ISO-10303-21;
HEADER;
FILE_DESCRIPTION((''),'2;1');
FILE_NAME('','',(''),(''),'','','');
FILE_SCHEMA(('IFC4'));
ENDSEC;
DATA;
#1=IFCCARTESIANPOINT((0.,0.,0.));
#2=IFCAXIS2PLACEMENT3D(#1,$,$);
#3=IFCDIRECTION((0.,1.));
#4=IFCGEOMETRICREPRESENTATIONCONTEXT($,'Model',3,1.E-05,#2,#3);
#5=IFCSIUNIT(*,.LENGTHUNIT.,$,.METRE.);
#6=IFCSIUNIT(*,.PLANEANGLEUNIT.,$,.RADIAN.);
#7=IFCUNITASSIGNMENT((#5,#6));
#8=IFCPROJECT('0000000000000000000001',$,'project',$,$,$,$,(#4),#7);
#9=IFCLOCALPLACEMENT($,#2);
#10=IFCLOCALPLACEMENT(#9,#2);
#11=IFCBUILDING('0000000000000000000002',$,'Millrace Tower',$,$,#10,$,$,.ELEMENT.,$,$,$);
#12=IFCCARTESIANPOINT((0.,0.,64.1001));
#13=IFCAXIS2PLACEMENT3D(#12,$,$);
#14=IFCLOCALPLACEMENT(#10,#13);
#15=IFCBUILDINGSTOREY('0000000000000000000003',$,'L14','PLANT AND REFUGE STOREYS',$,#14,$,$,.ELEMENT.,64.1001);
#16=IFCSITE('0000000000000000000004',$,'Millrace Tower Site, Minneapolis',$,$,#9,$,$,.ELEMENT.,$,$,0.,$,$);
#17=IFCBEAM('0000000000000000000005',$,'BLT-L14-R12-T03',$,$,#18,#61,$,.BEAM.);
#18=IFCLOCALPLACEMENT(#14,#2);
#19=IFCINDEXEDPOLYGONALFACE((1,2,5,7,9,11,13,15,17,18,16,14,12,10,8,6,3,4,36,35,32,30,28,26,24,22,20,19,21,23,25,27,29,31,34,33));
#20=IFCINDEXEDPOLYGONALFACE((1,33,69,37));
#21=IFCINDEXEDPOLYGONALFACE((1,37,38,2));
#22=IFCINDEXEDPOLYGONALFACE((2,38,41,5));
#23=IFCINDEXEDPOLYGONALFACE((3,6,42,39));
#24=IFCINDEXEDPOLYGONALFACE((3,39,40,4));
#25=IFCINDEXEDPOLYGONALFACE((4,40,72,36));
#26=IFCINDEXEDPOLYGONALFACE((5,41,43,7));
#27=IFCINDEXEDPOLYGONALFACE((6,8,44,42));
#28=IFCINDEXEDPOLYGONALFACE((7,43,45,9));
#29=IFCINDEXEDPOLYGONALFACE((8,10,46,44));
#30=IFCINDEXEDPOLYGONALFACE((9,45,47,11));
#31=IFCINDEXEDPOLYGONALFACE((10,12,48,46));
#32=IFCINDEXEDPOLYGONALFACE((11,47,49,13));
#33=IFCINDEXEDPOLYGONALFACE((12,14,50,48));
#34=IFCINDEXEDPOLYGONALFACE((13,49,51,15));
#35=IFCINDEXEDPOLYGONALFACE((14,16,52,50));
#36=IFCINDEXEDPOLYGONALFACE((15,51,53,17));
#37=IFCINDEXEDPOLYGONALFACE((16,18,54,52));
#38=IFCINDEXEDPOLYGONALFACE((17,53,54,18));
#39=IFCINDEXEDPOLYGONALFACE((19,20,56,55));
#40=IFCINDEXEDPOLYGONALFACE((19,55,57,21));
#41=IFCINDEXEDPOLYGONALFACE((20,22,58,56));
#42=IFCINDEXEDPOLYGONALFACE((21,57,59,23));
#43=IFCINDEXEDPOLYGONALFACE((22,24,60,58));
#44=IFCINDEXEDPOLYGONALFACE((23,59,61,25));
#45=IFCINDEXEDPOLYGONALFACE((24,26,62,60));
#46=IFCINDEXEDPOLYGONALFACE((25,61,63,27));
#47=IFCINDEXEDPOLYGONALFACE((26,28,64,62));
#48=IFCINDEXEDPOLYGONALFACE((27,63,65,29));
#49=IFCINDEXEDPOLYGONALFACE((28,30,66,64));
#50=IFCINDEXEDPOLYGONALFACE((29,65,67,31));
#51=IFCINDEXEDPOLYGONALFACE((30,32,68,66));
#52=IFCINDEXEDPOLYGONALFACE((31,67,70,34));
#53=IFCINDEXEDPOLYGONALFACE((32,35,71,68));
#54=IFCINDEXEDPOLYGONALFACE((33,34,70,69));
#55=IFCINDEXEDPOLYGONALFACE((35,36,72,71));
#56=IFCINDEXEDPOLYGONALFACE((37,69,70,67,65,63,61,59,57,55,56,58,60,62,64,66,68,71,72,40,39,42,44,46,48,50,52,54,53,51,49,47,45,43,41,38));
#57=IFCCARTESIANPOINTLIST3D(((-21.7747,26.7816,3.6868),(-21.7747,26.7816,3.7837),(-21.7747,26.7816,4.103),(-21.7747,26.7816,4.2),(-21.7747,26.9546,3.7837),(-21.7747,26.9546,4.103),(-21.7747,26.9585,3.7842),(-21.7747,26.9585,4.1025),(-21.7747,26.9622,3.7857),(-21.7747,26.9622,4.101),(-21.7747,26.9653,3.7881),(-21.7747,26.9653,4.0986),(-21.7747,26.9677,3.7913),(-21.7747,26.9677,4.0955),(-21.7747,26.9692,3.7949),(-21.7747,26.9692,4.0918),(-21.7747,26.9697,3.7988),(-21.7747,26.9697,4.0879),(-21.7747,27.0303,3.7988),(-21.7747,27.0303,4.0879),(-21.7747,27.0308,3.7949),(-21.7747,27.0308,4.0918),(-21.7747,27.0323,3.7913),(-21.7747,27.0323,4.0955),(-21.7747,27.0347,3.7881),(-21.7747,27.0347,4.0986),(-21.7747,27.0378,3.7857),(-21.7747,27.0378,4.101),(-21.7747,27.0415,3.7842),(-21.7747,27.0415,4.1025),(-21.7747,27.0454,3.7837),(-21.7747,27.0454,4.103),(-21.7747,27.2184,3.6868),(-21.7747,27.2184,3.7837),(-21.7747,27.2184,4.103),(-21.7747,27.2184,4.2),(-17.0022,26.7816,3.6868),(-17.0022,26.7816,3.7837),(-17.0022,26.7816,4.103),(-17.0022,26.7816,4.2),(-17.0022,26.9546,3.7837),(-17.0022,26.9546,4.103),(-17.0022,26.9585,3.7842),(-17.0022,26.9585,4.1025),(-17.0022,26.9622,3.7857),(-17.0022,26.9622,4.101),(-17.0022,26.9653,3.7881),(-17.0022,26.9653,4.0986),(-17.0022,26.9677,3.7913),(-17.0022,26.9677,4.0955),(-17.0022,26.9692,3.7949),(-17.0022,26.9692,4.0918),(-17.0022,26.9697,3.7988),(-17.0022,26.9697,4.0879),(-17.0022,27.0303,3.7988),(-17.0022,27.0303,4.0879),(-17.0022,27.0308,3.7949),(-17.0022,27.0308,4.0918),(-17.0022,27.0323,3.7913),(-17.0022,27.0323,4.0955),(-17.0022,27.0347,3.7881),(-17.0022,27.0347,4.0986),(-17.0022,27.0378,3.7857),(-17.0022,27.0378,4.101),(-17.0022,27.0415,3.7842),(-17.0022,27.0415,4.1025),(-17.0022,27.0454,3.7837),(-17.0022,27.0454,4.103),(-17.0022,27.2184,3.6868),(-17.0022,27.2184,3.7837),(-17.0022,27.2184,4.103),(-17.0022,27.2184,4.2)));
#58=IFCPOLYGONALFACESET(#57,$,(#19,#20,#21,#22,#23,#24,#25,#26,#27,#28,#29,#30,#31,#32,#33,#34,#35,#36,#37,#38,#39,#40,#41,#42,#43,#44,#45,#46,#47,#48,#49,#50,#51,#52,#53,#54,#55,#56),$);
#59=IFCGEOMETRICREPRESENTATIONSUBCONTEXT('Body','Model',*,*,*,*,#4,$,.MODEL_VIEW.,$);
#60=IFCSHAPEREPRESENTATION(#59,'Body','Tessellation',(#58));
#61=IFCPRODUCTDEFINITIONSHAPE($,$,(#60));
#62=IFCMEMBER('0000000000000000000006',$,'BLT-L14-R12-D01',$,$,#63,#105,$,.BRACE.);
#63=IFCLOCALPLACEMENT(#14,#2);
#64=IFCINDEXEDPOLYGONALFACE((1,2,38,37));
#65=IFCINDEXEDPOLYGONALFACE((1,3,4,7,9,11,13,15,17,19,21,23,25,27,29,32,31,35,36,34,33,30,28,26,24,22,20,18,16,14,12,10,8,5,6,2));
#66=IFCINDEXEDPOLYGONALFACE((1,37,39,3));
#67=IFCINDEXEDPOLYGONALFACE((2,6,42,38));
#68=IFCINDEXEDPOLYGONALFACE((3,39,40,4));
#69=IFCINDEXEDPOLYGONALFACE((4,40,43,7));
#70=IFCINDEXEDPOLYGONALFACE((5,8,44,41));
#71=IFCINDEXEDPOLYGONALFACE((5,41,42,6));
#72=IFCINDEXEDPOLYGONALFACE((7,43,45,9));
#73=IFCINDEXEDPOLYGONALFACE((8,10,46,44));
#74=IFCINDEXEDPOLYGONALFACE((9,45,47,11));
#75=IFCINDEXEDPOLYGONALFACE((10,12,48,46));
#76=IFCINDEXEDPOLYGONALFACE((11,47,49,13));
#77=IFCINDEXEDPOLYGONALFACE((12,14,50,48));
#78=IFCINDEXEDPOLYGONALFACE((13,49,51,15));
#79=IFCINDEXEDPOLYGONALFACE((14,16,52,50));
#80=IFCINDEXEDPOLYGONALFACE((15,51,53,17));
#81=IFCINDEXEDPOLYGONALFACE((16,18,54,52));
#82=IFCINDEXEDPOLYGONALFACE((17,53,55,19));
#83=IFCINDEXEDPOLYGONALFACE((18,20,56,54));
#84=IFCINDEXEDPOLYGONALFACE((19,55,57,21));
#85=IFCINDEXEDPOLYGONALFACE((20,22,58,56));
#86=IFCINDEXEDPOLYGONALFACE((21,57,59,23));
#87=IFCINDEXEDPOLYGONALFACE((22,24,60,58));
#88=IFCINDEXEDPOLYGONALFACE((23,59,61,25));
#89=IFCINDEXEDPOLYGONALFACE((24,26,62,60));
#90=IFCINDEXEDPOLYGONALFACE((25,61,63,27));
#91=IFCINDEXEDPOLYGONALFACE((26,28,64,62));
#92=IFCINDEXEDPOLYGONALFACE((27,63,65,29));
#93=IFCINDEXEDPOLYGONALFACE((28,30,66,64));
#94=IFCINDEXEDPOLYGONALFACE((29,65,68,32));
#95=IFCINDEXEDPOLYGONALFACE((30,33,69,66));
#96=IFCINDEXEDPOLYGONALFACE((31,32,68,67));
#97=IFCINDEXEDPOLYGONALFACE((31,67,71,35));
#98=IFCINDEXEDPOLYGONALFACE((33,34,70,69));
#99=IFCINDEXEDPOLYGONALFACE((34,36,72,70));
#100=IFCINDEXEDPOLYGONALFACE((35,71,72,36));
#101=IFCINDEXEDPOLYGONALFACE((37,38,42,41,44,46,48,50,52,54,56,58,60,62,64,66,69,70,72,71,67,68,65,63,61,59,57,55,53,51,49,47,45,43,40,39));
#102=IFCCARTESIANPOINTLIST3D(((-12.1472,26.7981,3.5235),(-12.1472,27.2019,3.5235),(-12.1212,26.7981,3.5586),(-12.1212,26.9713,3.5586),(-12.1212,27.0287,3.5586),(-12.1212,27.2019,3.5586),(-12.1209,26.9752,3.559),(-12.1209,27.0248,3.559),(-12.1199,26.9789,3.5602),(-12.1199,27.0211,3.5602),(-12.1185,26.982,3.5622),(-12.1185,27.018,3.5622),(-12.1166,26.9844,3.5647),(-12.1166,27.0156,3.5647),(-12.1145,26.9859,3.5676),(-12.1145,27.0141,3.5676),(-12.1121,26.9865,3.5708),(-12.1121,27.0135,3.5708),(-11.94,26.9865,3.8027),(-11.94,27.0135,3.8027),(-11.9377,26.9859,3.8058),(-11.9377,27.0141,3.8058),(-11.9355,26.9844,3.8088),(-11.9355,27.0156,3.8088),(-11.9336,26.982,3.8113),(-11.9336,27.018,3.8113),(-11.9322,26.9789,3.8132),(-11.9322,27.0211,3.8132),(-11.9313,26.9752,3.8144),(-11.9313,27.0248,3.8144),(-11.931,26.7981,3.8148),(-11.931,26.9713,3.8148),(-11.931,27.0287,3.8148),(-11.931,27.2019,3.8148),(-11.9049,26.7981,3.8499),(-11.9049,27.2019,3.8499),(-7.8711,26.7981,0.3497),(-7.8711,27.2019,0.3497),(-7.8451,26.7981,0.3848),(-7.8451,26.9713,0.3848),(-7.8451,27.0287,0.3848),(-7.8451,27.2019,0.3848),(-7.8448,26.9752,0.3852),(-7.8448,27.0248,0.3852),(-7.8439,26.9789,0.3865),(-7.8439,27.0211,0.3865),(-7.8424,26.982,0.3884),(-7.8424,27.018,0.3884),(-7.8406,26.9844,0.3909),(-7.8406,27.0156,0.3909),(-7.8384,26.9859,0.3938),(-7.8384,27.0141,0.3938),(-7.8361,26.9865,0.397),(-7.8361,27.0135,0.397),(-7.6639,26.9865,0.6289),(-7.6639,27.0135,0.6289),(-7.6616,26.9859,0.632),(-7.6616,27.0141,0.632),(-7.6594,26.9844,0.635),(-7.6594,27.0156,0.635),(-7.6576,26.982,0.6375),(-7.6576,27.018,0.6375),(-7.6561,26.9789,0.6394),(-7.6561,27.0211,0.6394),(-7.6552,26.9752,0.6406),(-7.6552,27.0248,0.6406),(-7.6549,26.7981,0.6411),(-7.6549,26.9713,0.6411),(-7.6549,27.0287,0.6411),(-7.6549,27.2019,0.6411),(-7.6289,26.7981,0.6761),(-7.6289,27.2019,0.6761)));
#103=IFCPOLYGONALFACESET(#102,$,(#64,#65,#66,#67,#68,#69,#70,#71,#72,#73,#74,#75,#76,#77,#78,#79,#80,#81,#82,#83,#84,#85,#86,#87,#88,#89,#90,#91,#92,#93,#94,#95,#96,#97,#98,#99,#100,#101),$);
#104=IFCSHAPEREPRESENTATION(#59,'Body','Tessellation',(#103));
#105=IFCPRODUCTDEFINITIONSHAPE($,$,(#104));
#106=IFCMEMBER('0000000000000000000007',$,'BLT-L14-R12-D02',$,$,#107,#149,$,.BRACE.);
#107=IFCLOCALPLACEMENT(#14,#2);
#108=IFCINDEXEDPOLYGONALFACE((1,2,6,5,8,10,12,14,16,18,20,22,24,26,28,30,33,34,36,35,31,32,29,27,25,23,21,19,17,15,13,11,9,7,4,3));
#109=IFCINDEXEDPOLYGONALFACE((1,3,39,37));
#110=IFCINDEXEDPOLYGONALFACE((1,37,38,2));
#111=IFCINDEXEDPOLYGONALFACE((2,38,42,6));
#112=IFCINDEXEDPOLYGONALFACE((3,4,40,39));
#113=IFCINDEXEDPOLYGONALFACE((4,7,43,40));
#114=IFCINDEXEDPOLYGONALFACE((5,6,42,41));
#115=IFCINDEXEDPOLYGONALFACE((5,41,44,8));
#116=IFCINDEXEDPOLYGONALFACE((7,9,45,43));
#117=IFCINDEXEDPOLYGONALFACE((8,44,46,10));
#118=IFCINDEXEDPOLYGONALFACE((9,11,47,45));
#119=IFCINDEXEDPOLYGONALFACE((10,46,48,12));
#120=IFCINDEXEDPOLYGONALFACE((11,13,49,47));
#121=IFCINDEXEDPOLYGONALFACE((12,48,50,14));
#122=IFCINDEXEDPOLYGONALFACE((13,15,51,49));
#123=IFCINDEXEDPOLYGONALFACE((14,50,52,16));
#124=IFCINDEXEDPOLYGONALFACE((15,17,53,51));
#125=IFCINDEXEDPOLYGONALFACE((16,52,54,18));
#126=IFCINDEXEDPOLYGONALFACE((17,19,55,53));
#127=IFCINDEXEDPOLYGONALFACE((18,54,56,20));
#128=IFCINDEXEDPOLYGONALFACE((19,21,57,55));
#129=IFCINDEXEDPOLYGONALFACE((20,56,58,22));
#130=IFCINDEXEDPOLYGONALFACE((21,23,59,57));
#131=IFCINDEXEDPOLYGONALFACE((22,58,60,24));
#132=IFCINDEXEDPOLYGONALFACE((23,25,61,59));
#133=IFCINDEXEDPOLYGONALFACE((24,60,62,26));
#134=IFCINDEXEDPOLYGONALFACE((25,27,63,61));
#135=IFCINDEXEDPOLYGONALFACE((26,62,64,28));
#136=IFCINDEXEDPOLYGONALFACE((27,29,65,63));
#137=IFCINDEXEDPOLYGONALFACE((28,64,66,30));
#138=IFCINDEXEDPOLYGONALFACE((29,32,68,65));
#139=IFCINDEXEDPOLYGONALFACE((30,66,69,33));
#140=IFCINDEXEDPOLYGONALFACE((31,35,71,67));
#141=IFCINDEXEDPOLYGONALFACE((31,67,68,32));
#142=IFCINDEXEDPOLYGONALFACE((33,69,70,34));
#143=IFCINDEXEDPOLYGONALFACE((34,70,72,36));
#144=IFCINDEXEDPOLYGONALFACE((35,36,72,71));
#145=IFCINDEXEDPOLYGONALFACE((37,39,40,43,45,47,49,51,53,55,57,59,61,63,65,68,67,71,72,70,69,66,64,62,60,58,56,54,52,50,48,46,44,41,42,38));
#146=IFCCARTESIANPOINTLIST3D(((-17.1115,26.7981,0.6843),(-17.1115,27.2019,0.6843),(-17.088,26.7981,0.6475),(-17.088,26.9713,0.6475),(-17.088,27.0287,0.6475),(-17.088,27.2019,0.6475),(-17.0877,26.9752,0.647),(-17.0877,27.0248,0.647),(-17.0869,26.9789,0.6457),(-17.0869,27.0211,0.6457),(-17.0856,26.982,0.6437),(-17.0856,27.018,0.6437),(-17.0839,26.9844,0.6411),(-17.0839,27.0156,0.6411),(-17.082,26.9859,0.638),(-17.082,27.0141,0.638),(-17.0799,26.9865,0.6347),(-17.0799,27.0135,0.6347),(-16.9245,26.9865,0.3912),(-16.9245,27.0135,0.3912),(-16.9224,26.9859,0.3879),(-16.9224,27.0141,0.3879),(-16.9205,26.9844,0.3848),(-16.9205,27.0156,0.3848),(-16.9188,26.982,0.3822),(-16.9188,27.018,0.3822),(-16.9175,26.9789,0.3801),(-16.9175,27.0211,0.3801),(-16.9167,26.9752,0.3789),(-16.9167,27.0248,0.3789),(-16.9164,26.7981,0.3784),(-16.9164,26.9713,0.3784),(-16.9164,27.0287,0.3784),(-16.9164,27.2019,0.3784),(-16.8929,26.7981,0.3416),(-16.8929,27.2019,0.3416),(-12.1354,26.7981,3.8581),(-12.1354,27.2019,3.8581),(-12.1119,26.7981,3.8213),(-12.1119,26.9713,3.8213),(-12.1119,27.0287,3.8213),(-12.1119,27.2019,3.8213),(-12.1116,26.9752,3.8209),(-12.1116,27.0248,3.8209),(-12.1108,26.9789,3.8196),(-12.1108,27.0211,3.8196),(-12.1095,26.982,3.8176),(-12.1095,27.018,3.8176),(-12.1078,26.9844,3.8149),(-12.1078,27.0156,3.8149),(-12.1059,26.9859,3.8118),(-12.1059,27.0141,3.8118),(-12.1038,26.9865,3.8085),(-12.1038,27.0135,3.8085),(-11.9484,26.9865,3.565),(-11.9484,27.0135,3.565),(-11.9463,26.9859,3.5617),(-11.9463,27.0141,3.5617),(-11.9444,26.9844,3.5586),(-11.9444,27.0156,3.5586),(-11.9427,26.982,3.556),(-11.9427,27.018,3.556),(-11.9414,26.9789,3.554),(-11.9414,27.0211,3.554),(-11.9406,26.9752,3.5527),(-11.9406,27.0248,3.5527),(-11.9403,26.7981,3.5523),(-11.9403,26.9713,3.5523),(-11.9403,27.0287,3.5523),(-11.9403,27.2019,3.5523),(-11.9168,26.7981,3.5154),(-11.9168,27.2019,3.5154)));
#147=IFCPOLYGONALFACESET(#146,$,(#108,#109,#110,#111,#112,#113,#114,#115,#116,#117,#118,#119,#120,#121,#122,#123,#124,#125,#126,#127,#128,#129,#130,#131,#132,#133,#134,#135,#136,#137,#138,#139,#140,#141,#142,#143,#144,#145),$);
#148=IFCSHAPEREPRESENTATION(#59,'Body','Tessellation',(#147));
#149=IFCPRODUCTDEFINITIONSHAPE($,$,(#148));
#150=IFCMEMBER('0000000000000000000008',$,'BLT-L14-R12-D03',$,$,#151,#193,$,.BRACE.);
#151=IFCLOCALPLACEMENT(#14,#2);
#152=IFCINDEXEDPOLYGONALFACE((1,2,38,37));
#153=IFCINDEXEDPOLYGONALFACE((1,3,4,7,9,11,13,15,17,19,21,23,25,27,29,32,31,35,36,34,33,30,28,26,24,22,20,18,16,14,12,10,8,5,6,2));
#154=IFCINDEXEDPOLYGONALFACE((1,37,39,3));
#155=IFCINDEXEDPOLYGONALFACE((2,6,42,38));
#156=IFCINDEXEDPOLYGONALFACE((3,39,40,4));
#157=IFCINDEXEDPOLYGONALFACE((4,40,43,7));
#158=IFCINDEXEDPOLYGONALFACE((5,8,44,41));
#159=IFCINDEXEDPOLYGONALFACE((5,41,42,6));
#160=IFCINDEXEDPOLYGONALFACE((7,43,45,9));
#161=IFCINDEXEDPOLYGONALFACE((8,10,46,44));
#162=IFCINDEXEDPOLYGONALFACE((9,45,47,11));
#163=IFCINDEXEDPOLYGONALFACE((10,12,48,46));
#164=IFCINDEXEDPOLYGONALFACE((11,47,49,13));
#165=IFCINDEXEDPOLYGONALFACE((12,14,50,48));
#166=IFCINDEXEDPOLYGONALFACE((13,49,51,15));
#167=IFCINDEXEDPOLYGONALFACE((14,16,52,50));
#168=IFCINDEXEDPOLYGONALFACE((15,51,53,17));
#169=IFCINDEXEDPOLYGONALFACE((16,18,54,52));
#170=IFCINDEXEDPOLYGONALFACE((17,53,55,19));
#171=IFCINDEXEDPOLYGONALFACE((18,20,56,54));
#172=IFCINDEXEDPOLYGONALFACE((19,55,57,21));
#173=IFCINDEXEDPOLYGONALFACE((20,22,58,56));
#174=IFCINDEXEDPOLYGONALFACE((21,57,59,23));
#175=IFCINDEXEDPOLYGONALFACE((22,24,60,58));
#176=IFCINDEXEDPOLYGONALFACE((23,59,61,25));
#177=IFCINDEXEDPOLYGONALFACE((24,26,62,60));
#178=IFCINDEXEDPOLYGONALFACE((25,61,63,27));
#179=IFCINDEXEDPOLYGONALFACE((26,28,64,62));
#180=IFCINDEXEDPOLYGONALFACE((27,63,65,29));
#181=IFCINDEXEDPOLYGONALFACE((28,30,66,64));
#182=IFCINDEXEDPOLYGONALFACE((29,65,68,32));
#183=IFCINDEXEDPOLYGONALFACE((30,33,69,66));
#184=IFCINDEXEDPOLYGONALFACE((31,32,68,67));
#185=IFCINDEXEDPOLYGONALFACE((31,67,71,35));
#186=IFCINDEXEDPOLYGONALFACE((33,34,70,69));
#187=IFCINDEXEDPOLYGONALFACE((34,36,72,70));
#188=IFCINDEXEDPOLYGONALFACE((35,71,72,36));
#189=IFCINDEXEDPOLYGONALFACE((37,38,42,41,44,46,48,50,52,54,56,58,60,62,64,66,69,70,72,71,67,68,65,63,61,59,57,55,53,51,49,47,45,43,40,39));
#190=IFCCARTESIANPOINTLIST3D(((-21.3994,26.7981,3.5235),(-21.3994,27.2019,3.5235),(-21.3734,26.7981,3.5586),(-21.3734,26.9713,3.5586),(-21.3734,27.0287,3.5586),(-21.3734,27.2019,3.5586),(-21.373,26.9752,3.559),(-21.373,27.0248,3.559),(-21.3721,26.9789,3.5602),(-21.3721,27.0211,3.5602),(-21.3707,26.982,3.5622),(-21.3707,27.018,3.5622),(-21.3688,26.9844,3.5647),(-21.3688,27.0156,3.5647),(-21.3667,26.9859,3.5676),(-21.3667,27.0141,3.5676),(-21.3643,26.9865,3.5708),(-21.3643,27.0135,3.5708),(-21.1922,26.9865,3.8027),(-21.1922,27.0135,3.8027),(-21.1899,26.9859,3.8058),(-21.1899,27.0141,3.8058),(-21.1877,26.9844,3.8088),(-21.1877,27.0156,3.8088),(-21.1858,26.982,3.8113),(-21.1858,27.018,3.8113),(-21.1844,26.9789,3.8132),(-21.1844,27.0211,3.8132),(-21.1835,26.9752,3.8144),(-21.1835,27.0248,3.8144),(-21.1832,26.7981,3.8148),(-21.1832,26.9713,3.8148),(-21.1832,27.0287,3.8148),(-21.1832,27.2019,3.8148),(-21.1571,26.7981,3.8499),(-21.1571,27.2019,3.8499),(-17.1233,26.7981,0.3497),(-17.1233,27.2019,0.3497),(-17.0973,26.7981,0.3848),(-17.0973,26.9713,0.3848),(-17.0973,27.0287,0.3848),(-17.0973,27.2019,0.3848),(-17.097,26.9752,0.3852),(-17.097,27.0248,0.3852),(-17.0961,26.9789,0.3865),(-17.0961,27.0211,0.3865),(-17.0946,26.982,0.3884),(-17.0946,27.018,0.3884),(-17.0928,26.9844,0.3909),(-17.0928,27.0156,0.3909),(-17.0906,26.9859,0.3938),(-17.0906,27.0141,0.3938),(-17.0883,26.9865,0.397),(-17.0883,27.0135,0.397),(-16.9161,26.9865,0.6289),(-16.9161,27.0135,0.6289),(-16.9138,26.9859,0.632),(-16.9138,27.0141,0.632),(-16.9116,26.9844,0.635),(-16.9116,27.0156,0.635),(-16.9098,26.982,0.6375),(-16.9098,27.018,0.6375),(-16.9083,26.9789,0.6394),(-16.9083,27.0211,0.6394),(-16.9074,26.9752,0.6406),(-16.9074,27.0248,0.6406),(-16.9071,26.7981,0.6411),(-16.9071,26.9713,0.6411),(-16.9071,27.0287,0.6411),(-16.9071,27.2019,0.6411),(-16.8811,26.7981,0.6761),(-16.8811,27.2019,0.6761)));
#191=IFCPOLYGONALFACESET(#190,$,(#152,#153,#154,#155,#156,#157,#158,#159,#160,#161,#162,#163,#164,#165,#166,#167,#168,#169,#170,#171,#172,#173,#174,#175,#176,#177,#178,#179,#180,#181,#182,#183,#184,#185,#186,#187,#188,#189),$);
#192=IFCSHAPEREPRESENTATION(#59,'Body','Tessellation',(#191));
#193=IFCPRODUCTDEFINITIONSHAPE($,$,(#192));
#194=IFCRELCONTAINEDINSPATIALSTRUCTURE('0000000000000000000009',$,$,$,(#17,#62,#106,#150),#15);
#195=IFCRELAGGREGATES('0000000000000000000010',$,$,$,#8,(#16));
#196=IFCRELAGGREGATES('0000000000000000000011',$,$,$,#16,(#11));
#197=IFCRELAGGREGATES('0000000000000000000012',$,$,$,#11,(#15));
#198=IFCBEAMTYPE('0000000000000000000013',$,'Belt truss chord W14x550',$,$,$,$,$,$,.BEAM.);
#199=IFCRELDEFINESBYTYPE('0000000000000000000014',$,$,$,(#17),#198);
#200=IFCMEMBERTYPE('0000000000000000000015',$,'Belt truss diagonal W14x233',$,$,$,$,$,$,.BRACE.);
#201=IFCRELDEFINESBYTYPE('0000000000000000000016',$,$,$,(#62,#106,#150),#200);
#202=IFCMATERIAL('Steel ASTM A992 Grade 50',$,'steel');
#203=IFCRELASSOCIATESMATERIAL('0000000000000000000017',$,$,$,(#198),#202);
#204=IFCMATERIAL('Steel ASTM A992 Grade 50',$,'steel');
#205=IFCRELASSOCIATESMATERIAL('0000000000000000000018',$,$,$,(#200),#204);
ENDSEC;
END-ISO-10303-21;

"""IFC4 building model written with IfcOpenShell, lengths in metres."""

from ifc_helpers import new_model, si_unit, direction, frame, origin, origin_2d, place, context, subcontext, project, spatial, i_section, extrude, material, material_profile, profile_set, type_object, element, save


model = new_model("IFC4")

# Units and contexts
model_context = context("Model", 3, precision=1e-05, world=origin(), true_north=direction((0.0, 1.0)))
body_context = subcontext(model_context, "Body", "Model", "MODEL_VIEW")
ifc_project = project(units=[si_unit("LENGTHUNIT", "METRE"), si_unit("PLANEANGLEUNIT", "RADIAN")], contexts=[model_context])

# Site, building, storey
site_placement = place(None, origin())
site = spatial("IfcSite", under=ifc_project, at=site_placement, Name="Millrace Tower Site, Minneapolis", CompositionType="ELEMENT", RefElevation=0.0)
building_placement = place(site_placement, origin())
building = spatial("IfcBuilding", under=site, at=building_placement, Name="Millrace Tower", CompositionType="ELEMENT")
storey_placement = place(building_placement, frame((0.0, 0.0, 64.1001)))
storey = spatial("IfcBuildingStorey", under=building, at=storey_placement, Name="L14", Description="PLANT AND REFUGE STOREYS", CompositionType="ELEMENT", Elevation=64.1001)

# Beam
ifc_material_1 = material(Name="Steel ASTM A992 Grade 50", Category="steel")
ifc_material_profile_1 = material_profile(ifc_material_1, i_section(OverallWidth=0.4368, OverallDepth=0.5132, WebThickness=0.0605, FlangeThickness=0.0969, FilletRadius=0.0151, at=origin_2d()))
ifc_profile_set_1 = profile_set([ifc_material_profile_1], Name="Steel ASTM A992 Grade 50")
beam_type_1 = type_object("IfcBeamType", Name="Belt truss chord W14x550", PredefinedType="BEAM", material=ifc_profile_set_1)
beam_1_placement = place(storey_placement, frame((-17.0022, 27.0, 3.9434), z_axis=(-1.0, 0.0, 0.0), x_axis=(0.0, -1.0, 0.0)))
element("IfcBeam", 1, at=beam_1_placement, inside=storey, type_object=beam_type_1, Name="BLT-L14-R12-T03", PredefinedType="BEAM", context=body_context, shape_type="SweptSolid", body=[
    extrude(i_section(OverallWidth=0.4368, OverallDepth=0.5132, WebThickness=0.0605, FlangeThickness=0.0969, FilletRadius=0.0151, at=origin_2d()), origin(), (0.0, 0.0, 1.0), 4.7725),
])

# Members
ifc_material_2 = material(Name="Steel ASTM A992 Grade 50", Category="steel")
ifc_material_profile_2 = material_profile(ifc_material_2, i_section(OverallWidth=0.4038, OverallDepth=0.4065, WebThickness=0.0271, FlangeThickness=0.0437, FilletRadius=0.0151, at=origin_2d()))
ifc_profile_set_2 = profile_set([ifc_material_profile_2], Name="Steel ASTM A992 Grade 50")
member_type_1 = type_object("IfcMemberType", Name="Belt truss diagonal W14x233", PredefinedType="BRACE", material=ifc_profile_set_2)
member_1_placement = place(storey_placement, frame((-7.75, 27.0, 0.5129), z_axis=(-0.802988, 0.0, 0.595995), x_axis=(0.0, -1.0, 0.0)))
element("IfcMember", 2, at=member_1_placement, inside=storey, type_object=member_type_1, Name="BLT-L14-R12-D01", PredefinedType="BRACE", context=body_context, shape_type="SweptSolid", body=[
    extrude(i_section(OverallWidth=0.4038, OverallDepth=0.4065, WebThickness=0.0271, FlangeThickness=0.0437, FilletRadius=0.0151, at=origin_2d()), origin(), (0.0, 0.0, 1.0), 5.3252),
])
member_2_placement = place(storey_placement, frame((-17.0022, 27.0, 0.5129), z_axis=(0.843106, 0.0, 0.537748), x_axis=(0.0, 1.0, 0.0)))
element("IfcMember", 3, at=member_2_placement, inside=storey, type_object=member_type_1, Name="BLT-L14-R12-D02", PredefinedType="BRACE", context=body_context, shape_type="SweptSolid", body=[
    extrude(i_section(OverallWidth=0.4038, OverallDepth=0.4065, WebThickness=0.0271, FlangeThickness=0.0437, FilletRadius=0.0151, at=origin_2d()), origin(), (0.0, 0.0, 1.0), 5.9021),
])
member_3_placement = place(storey_placement, frame((-17.0022, 27.0, 0.5129), z_axis=(-0.802988, 0.0, 0.595995), x_axis=(0.0, -1.0, 0.0)))
element("IfcMember", 4, at=member_3_placement, inside=storey, type_object=member_type_1, Name="BLT-L14-R12-D03", PredefinedType="BRACE", context=body_context, shape_type="SweptSolid", body=[
    extrude(i_section(OverallWidth=0.4038, OverallDepth=0.4065, WebThickness=0.0271, FlangeThickness=0.0437, FilletRadius=0.0151, at=origin_2d()), origin(), (0.0, 0.0, 1.0), 5.3252),
])

save(model, "model.ifc")
